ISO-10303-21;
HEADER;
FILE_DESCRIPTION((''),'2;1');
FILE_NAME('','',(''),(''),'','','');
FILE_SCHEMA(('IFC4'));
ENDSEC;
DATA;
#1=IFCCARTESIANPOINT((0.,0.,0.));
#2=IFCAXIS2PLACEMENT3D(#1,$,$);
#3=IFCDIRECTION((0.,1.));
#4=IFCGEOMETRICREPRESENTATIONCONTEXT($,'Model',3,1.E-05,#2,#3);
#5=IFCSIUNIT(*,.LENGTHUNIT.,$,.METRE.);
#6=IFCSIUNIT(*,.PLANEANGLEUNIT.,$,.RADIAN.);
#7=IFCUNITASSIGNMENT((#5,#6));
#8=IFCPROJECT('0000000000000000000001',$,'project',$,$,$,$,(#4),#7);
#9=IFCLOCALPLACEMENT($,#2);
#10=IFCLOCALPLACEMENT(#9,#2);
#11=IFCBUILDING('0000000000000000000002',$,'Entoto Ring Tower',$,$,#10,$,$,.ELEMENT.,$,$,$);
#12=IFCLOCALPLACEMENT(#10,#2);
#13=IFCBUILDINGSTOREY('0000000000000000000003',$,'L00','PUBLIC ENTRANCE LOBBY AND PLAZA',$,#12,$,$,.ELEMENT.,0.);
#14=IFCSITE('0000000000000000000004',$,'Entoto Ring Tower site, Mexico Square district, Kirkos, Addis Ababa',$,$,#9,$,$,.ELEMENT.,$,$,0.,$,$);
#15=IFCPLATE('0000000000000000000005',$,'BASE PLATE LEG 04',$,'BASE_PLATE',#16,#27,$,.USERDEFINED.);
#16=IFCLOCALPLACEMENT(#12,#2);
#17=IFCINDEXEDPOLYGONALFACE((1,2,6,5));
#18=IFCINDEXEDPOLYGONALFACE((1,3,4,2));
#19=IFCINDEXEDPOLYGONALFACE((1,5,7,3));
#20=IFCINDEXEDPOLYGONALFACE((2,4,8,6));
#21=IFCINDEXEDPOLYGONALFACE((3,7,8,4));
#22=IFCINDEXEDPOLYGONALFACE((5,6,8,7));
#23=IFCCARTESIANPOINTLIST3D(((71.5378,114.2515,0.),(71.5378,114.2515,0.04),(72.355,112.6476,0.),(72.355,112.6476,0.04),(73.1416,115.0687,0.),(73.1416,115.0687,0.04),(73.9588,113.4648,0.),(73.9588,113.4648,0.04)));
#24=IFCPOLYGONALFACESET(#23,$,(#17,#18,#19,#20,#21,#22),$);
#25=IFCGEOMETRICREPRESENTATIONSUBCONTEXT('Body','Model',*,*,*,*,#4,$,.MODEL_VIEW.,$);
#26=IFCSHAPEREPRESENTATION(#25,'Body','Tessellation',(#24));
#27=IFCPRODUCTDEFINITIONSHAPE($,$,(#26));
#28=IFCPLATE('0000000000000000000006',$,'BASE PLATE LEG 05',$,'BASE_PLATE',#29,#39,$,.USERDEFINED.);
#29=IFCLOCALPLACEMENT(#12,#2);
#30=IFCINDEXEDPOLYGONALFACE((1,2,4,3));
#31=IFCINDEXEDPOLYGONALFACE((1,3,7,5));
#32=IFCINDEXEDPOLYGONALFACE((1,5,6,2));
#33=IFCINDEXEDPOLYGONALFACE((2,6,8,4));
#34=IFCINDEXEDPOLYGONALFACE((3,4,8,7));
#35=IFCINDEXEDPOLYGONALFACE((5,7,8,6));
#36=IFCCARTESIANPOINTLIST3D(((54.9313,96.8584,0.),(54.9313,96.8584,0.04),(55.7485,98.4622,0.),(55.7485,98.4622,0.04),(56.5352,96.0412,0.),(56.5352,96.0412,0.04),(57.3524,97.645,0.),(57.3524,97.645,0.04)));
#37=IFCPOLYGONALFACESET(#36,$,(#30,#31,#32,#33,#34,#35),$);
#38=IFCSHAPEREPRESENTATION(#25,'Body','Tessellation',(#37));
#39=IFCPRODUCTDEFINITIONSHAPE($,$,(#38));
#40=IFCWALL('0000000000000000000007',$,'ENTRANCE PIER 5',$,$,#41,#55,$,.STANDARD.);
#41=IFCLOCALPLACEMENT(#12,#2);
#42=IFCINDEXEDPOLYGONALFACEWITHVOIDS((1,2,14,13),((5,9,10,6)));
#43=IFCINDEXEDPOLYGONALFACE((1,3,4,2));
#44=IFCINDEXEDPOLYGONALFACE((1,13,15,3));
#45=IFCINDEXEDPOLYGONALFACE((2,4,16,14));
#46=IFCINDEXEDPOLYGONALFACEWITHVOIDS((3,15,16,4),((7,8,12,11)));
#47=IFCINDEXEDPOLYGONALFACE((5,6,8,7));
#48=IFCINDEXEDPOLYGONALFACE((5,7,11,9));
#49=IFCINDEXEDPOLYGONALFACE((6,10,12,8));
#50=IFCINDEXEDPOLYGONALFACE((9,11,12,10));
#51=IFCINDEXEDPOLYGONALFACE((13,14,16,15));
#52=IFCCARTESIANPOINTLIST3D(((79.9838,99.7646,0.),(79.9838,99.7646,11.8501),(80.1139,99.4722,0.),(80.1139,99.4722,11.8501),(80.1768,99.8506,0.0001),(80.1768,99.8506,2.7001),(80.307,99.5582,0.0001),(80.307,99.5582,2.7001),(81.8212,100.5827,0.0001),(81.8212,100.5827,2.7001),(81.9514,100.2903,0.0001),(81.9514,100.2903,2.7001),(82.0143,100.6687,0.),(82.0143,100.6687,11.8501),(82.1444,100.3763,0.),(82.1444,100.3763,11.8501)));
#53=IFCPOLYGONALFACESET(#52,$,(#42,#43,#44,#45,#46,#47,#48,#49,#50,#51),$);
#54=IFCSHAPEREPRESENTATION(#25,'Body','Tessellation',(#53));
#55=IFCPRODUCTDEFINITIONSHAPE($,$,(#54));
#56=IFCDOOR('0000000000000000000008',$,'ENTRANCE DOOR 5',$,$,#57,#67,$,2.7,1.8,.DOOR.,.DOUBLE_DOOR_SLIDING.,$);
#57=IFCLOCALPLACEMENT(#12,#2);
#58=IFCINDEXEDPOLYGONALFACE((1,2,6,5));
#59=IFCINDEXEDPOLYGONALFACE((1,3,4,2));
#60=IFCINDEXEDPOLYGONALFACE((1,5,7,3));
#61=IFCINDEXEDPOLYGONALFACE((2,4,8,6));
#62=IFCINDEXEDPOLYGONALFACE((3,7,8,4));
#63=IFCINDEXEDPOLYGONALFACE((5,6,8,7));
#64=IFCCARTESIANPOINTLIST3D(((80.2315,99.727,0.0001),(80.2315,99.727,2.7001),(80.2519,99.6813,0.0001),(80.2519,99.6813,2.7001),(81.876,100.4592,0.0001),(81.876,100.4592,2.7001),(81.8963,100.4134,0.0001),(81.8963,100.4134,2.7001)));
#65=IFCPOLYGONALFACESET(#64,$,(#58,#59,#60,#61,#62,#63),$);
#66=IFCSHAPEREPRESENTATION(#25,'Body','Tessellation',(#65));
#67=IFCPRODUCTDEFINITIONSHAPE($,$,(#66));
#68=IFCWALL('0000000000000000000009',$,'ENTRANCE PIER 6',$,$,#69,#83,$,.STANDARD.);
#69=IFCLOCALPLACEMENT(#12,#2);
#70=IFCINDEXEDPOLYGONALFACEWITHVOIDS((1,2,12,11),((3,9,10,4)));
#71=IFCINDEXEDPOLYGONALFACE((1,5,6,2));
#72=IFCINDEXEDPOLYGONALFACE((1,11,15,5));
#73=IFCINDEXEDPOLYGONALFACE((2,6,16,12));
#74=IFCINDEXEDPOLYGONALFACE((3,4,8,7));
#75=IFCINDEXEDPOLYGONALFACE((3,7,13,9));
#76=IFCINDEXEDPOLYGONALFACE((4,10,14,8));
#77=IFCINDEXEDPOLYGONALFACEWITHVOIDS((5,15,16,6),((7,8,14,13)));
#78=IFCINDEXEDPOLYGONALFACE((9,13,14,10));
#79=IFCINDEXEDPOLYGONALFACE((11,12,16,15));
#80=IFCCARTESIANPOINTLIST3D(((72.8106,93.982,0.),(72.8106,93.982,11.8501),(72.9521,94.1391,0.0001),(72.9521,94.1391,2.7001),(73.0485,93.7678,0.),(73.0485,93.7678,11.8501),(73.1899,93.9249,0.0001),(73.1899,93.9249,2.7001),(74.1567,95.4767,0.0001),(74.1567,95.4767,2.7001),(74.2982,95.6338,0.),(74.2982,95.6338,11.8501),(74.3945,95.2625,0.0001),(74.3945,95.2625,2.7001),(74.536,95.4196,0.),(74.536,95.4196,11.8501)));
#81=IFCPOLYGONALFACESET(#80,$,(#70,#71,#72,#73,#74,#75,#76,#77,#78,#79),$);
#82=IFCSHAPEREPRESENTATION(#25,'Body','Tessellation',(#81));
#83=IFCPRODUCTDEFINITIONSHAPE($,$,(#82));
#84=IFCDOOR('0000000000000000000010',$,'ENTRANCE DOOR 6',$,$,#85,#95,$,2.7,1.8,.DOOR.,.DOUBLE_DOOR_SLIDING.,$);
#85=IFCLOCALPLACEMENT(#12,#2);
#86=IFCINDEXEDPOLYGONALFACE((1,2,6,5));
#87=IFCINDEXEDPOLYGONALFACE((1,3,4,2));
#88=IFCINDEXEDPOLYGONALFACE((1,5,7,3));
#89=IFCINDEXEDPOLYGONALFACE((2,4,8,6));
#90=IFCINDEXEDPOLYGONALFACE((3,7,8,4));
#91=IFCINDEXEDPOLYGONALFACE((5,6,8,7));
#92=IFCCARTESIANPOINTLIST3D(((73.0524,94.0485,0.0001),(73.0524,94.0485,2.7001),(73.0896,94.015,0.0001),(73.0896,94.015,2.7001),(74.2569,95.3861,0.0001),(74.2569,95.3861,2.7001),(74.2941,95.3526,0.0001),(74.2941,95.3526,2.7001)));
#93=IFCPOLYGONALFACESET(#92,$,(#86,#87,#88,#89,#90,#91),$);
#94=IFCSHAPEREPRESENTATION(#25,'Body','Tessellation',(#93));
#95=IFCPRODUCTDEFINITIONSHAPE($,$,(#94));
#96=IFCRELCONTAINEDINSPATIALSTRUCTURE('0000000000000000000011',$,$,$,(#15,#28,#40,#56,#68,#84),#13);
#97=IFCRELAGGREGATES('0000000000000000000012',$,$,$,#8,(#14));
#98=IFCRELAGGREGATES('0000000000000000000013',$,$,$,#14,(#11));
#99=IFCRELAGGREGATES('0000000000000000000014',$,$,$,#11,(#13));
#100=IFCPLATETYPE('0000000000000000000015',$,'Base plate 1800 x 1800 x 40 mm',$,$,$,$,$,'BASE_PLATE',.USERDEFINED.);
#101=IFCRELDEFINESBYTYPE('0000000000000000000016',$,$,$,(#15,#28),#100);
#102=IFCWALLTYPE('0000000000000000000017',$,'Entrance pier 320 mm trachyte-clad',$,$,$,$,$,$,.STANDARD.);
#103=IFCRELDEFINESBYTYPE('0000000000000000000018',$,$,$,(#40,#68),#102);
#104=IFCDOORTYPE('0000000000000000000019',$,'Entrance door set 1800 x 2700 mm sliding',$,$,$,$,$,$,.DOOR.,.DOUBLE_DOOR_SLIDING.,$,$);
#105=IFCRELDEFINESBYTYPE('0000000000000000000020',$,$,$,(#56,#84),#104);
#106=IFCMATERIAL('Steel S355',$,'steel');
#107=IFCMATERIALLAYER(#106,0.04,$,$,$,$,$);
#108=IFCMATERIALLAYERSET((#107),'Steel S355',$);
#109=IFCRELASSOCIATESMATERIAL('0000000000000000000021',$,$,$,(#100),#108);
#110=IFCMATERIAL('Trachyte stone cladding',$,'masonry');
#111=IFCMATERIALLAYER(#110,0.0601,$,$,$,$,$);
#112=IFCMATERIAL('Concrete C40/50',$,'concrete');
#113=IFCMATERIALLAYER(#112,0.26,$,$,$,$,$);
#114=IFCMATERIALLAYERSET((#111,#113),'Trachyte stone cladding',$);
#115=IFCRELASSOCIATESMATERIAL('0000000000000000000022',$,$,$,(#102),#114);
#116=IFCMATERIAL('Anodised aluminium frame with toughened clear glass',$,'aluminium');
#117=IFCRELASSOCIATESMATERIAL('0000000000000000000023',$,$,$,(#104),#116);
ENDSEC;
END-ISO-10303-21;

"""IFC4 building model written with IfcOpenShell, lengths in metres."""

from ifc_helpers import new_model, si_unit, direction, frame, frame_2d, origin, origin_2d, place, context, subcontext, project, spatial, rectangle, extrude, material, layer, layer_set, type_object, element, fill, save


model = new_model("IFC4")

# Units and contexts
model_context = context("Model", 3, precision=1e-05, world=origin(), true_north=direction((0.0, 1.0)))
body_context = subcontext(model_context, "Body", "Model", "MODEL_VIEW")
ifc_project = project(units=[si_unit("LENGTHUNIT", "METRE"), si_unit("PLANEANGLEUNIT", "RADIAN")], contexts=[model_context])

# Site, building, storey
site_placement = place(None, origin())
site = spatial("IfcSite", under=ifc_project, at=site_placement, Name="Entoto Ring Tower site, Mexico Square district, Kirkos, Addis Ababa", CompositionType="ELEMENT", RefElevation=0.0)
building_placement = place(site_placement, origin())
building = spatial("IfcBuilding", under=site, at=building_placement, Name="Entoto Ring Tower", CompositionType="ELEMENT")
storey_placement = place(building_placement, origin())
storey = spatial("IfcBuildingStorey", under=building, at=storey_placement, Name="L00", Description="PUBLIC ENTRANCE LOBBY AND PLAZA", CompositionType="ELEMENT", Elevation=0.0)

# Plates
ifc_material_1 = material(Name="Steel S355", Category="steel")
ifc_layer_1 = layer(ifc_material_1, 0.04)
ifc_layer_set_1 = layer_set([ifc_layer_1], Name="Steel S355")
plate_type = type_object("IfcPlateType", Name="Base plate 1800 x 1800 x 40 mm", ElementType="BASE_PLATE", PredefinedType="USERDEFINED", material=ifc_layer_set_1)
for number, where, z_axis, x_axis, name in (
    (1, (72.7483, 113.8582, 0.0), (0.0, 0.0, 1.0), (-0.45399, 0.891007, 0.0), "BASE PLATE LEG 04"),
    (2, (56.1418, 97.2517, 0.0), (0.0, 0.0, 1.0), (-0.891007, 0.45399, 0.0), "BASE PLATE LEG 05"),
):
    element("IfcPlate", number, at=place(storey_placement, frame(where, z_axis=z_axis, x_axis=x_axis)), inside=storey, type_object=plate_type, Name=name, ObjectType="BASE_PLATE", PredefinedType="USERDEFINED", context=body_context, shape_type="SweptSolid", body=[
        extrude(rectangle(XDim=1.8, YDim=1.8, at=origin_2d()), origin(), (0.0, 0.0, 1.0), 0.04),
    ])

# Walls, openings, doors
ifc_material_2 = material(Name="Trachyte stone cladding", Category="masonry")
ifc_layer_2 = layer(ifc_material_2, 0.0601)
ifc_material_3 = material(Name="Concrete C40/50", Category="concrete")
ifc_layer_3 = layer(ifc_material_3, 0.26)
ifc_layer_set_2 = layer_set([ifc_layer_2, ifc_layer_3], Name="Trachyte stone cladding")
wall_type = type_object("IfcWallType", Name="Entrance pier 320 mm trachyte-clad", PredefinedType="STANDARD", material=ifc_layer_set_2)
wall_1_placement = place(storey_placement, frame((82.0793, 100.5225, 0.0), z_axis=(0.0, 0.0, 1.0), x_axis=(-0.913544, -0.40674, 0.0)))
wall_1 = element("IfcWall", 3, at=wall_1_placement, inside=storey, type_object=wall_type, Name="ENTRANCE PIER 5", PredefinedType="STANDARD", context=body_context, shape_type="SweptSolid", body=[
    extrude(rectangle(XDim=2.2227, YDim=0.3201, at=frame_2d((1.1113, 0.0))), origin(), (0.0, 0.0, 1.0), 11.8501),
])
opening_1_placement = place(wall_1_placement, frame((0.2114, 0.0, 0.0)))
opening_1 = element("IfcOpeningElement", 4, at=opening_1_placement, cuts=wall_1, PredefinedType="OPENING", context=body_context, shape_type="SweptSolid", body=[
    extrude(rectangle(XDim=1.8, YDim=2.7, at=frame_2d((0.8999, 1.3501))), frame((0.0, 0.1699, 0.0), z_axis=(0.0, -1.0, 0.0), x_axis=(1.0, 0.0, 0.0)), (0.0, 0.0, 1.0), 0.3401),
])
ifc_material_4 = material(Name="Anodised aluminium frame with toughened clear glass", Category="aluminium")
door_type = type_object("IfcDoorType", Name="Entrance door set 1800 x 2700 mm sliding", OperationType="DOUBLE_DOOR_SLIDING", PredefinedType="DOOR", material=ifc_material_4)
door_1_placement = place(opening_1_placement, frame((1.8, 0.0, 0.0), z_axis=(0.0, 0.0, 1.0), x_axis=(-1.0, 0.0, 0.0)))
door_1 = element("IfcDoor", 5, at=door_1_placement, inside=storey, type_object=door_type, Name="ENTRANCE DOOR 5", OperationType="DOUBLE_DOOR_SLIDING", OverallHeight=2.7, OverallWidth=1.8, PredefinedType="DOOR", context=body_context, shape_type="SweptSolid", body=[
    extrude(rectangle(XDim=1.8, YDim=2.7, at=frame_2d((0.8999, 1.3501))), frame((0.0, 0.0249, 0.0), z_axis=(0.0, -1.0, 0.0), x_axis=(1.0, 0.0, 0.0)), (0.0, 0.0, 1.0), 0.05),
])
fill(opening_1, door_1)
wall_2_placement = place(storey_placement, frame((74.417, 95.5266, 0.0), z_axis=(0.0, 0.0, 1.0), x_axis=(-0.669183, -0.743098, 0.0)))
wall_2 = element("IfcWall", 6, at=wall_2_placement, inside=storey, type_object=wall_type, Name="ENTRANCE PIER 6", PredefinedType="STANDARD", context=body_context, shape_type="SweptSolid", body=[
    extrude(rectangle(XDim=2.2229, YDim=0.3201, at=frame_2d((1.1113, 0.0))), origin(), (0.0, 0.0, 1.0), 11.8501),
])
opening_2_placement = place(wall_2_placement, frame((0.2114, 0.0, 0.0)))
opening_2 = element("IfcOpeningElement", 7, at=opening_2_placement, cuts=wall_2, PredefinedType="OPENING", context=body_context, shape_type="SweptSolid", body=[
    extrude(rectangle(XDim=1.8, YDim=2.7, at=frame_2d((0.8999, 1.3501))), frame((0.0, 0.1699, 0.0), z_axis=(0.0, -1.0, 0.0), x_axis=(1.0, 0.0, 0.0)), (0.0, 0.0, 1.0), 0.3401),
])
door_2_placement = place(opening_2_placement, frame((1.8, 0.0, 0.0), z_axis=(0.0, 0.0, 1.0), x_axis=(-1.0, 0.0, 0.0)))
door_2 = element("IfcDoor", 8, at=door_2_placement, inside=storey, type_object=door_type, Name="ENTRANCE DOOR 6", OperationType="DOUBLE_DOOR_SLIDING", OverallHeight=2.7, OverallWidth=1.8, PredefinedType="DOOR", context=body_context, shape_type="SweptSolid", body=[
    extrude(rectangle(XDim=1.8, YDim=2.7, at=frame_2d((0.8999, 1.3501))), frame((0.0, 0.0249, 0.0), z_axis=(0.0, -1.0, 0.0), x_axis=(1.0, 0.0, 0.0)), (0.0, 0.0, 1.0), 0.05),
])
fill(opening_2, door_2)

save(model, "model.ifc")
